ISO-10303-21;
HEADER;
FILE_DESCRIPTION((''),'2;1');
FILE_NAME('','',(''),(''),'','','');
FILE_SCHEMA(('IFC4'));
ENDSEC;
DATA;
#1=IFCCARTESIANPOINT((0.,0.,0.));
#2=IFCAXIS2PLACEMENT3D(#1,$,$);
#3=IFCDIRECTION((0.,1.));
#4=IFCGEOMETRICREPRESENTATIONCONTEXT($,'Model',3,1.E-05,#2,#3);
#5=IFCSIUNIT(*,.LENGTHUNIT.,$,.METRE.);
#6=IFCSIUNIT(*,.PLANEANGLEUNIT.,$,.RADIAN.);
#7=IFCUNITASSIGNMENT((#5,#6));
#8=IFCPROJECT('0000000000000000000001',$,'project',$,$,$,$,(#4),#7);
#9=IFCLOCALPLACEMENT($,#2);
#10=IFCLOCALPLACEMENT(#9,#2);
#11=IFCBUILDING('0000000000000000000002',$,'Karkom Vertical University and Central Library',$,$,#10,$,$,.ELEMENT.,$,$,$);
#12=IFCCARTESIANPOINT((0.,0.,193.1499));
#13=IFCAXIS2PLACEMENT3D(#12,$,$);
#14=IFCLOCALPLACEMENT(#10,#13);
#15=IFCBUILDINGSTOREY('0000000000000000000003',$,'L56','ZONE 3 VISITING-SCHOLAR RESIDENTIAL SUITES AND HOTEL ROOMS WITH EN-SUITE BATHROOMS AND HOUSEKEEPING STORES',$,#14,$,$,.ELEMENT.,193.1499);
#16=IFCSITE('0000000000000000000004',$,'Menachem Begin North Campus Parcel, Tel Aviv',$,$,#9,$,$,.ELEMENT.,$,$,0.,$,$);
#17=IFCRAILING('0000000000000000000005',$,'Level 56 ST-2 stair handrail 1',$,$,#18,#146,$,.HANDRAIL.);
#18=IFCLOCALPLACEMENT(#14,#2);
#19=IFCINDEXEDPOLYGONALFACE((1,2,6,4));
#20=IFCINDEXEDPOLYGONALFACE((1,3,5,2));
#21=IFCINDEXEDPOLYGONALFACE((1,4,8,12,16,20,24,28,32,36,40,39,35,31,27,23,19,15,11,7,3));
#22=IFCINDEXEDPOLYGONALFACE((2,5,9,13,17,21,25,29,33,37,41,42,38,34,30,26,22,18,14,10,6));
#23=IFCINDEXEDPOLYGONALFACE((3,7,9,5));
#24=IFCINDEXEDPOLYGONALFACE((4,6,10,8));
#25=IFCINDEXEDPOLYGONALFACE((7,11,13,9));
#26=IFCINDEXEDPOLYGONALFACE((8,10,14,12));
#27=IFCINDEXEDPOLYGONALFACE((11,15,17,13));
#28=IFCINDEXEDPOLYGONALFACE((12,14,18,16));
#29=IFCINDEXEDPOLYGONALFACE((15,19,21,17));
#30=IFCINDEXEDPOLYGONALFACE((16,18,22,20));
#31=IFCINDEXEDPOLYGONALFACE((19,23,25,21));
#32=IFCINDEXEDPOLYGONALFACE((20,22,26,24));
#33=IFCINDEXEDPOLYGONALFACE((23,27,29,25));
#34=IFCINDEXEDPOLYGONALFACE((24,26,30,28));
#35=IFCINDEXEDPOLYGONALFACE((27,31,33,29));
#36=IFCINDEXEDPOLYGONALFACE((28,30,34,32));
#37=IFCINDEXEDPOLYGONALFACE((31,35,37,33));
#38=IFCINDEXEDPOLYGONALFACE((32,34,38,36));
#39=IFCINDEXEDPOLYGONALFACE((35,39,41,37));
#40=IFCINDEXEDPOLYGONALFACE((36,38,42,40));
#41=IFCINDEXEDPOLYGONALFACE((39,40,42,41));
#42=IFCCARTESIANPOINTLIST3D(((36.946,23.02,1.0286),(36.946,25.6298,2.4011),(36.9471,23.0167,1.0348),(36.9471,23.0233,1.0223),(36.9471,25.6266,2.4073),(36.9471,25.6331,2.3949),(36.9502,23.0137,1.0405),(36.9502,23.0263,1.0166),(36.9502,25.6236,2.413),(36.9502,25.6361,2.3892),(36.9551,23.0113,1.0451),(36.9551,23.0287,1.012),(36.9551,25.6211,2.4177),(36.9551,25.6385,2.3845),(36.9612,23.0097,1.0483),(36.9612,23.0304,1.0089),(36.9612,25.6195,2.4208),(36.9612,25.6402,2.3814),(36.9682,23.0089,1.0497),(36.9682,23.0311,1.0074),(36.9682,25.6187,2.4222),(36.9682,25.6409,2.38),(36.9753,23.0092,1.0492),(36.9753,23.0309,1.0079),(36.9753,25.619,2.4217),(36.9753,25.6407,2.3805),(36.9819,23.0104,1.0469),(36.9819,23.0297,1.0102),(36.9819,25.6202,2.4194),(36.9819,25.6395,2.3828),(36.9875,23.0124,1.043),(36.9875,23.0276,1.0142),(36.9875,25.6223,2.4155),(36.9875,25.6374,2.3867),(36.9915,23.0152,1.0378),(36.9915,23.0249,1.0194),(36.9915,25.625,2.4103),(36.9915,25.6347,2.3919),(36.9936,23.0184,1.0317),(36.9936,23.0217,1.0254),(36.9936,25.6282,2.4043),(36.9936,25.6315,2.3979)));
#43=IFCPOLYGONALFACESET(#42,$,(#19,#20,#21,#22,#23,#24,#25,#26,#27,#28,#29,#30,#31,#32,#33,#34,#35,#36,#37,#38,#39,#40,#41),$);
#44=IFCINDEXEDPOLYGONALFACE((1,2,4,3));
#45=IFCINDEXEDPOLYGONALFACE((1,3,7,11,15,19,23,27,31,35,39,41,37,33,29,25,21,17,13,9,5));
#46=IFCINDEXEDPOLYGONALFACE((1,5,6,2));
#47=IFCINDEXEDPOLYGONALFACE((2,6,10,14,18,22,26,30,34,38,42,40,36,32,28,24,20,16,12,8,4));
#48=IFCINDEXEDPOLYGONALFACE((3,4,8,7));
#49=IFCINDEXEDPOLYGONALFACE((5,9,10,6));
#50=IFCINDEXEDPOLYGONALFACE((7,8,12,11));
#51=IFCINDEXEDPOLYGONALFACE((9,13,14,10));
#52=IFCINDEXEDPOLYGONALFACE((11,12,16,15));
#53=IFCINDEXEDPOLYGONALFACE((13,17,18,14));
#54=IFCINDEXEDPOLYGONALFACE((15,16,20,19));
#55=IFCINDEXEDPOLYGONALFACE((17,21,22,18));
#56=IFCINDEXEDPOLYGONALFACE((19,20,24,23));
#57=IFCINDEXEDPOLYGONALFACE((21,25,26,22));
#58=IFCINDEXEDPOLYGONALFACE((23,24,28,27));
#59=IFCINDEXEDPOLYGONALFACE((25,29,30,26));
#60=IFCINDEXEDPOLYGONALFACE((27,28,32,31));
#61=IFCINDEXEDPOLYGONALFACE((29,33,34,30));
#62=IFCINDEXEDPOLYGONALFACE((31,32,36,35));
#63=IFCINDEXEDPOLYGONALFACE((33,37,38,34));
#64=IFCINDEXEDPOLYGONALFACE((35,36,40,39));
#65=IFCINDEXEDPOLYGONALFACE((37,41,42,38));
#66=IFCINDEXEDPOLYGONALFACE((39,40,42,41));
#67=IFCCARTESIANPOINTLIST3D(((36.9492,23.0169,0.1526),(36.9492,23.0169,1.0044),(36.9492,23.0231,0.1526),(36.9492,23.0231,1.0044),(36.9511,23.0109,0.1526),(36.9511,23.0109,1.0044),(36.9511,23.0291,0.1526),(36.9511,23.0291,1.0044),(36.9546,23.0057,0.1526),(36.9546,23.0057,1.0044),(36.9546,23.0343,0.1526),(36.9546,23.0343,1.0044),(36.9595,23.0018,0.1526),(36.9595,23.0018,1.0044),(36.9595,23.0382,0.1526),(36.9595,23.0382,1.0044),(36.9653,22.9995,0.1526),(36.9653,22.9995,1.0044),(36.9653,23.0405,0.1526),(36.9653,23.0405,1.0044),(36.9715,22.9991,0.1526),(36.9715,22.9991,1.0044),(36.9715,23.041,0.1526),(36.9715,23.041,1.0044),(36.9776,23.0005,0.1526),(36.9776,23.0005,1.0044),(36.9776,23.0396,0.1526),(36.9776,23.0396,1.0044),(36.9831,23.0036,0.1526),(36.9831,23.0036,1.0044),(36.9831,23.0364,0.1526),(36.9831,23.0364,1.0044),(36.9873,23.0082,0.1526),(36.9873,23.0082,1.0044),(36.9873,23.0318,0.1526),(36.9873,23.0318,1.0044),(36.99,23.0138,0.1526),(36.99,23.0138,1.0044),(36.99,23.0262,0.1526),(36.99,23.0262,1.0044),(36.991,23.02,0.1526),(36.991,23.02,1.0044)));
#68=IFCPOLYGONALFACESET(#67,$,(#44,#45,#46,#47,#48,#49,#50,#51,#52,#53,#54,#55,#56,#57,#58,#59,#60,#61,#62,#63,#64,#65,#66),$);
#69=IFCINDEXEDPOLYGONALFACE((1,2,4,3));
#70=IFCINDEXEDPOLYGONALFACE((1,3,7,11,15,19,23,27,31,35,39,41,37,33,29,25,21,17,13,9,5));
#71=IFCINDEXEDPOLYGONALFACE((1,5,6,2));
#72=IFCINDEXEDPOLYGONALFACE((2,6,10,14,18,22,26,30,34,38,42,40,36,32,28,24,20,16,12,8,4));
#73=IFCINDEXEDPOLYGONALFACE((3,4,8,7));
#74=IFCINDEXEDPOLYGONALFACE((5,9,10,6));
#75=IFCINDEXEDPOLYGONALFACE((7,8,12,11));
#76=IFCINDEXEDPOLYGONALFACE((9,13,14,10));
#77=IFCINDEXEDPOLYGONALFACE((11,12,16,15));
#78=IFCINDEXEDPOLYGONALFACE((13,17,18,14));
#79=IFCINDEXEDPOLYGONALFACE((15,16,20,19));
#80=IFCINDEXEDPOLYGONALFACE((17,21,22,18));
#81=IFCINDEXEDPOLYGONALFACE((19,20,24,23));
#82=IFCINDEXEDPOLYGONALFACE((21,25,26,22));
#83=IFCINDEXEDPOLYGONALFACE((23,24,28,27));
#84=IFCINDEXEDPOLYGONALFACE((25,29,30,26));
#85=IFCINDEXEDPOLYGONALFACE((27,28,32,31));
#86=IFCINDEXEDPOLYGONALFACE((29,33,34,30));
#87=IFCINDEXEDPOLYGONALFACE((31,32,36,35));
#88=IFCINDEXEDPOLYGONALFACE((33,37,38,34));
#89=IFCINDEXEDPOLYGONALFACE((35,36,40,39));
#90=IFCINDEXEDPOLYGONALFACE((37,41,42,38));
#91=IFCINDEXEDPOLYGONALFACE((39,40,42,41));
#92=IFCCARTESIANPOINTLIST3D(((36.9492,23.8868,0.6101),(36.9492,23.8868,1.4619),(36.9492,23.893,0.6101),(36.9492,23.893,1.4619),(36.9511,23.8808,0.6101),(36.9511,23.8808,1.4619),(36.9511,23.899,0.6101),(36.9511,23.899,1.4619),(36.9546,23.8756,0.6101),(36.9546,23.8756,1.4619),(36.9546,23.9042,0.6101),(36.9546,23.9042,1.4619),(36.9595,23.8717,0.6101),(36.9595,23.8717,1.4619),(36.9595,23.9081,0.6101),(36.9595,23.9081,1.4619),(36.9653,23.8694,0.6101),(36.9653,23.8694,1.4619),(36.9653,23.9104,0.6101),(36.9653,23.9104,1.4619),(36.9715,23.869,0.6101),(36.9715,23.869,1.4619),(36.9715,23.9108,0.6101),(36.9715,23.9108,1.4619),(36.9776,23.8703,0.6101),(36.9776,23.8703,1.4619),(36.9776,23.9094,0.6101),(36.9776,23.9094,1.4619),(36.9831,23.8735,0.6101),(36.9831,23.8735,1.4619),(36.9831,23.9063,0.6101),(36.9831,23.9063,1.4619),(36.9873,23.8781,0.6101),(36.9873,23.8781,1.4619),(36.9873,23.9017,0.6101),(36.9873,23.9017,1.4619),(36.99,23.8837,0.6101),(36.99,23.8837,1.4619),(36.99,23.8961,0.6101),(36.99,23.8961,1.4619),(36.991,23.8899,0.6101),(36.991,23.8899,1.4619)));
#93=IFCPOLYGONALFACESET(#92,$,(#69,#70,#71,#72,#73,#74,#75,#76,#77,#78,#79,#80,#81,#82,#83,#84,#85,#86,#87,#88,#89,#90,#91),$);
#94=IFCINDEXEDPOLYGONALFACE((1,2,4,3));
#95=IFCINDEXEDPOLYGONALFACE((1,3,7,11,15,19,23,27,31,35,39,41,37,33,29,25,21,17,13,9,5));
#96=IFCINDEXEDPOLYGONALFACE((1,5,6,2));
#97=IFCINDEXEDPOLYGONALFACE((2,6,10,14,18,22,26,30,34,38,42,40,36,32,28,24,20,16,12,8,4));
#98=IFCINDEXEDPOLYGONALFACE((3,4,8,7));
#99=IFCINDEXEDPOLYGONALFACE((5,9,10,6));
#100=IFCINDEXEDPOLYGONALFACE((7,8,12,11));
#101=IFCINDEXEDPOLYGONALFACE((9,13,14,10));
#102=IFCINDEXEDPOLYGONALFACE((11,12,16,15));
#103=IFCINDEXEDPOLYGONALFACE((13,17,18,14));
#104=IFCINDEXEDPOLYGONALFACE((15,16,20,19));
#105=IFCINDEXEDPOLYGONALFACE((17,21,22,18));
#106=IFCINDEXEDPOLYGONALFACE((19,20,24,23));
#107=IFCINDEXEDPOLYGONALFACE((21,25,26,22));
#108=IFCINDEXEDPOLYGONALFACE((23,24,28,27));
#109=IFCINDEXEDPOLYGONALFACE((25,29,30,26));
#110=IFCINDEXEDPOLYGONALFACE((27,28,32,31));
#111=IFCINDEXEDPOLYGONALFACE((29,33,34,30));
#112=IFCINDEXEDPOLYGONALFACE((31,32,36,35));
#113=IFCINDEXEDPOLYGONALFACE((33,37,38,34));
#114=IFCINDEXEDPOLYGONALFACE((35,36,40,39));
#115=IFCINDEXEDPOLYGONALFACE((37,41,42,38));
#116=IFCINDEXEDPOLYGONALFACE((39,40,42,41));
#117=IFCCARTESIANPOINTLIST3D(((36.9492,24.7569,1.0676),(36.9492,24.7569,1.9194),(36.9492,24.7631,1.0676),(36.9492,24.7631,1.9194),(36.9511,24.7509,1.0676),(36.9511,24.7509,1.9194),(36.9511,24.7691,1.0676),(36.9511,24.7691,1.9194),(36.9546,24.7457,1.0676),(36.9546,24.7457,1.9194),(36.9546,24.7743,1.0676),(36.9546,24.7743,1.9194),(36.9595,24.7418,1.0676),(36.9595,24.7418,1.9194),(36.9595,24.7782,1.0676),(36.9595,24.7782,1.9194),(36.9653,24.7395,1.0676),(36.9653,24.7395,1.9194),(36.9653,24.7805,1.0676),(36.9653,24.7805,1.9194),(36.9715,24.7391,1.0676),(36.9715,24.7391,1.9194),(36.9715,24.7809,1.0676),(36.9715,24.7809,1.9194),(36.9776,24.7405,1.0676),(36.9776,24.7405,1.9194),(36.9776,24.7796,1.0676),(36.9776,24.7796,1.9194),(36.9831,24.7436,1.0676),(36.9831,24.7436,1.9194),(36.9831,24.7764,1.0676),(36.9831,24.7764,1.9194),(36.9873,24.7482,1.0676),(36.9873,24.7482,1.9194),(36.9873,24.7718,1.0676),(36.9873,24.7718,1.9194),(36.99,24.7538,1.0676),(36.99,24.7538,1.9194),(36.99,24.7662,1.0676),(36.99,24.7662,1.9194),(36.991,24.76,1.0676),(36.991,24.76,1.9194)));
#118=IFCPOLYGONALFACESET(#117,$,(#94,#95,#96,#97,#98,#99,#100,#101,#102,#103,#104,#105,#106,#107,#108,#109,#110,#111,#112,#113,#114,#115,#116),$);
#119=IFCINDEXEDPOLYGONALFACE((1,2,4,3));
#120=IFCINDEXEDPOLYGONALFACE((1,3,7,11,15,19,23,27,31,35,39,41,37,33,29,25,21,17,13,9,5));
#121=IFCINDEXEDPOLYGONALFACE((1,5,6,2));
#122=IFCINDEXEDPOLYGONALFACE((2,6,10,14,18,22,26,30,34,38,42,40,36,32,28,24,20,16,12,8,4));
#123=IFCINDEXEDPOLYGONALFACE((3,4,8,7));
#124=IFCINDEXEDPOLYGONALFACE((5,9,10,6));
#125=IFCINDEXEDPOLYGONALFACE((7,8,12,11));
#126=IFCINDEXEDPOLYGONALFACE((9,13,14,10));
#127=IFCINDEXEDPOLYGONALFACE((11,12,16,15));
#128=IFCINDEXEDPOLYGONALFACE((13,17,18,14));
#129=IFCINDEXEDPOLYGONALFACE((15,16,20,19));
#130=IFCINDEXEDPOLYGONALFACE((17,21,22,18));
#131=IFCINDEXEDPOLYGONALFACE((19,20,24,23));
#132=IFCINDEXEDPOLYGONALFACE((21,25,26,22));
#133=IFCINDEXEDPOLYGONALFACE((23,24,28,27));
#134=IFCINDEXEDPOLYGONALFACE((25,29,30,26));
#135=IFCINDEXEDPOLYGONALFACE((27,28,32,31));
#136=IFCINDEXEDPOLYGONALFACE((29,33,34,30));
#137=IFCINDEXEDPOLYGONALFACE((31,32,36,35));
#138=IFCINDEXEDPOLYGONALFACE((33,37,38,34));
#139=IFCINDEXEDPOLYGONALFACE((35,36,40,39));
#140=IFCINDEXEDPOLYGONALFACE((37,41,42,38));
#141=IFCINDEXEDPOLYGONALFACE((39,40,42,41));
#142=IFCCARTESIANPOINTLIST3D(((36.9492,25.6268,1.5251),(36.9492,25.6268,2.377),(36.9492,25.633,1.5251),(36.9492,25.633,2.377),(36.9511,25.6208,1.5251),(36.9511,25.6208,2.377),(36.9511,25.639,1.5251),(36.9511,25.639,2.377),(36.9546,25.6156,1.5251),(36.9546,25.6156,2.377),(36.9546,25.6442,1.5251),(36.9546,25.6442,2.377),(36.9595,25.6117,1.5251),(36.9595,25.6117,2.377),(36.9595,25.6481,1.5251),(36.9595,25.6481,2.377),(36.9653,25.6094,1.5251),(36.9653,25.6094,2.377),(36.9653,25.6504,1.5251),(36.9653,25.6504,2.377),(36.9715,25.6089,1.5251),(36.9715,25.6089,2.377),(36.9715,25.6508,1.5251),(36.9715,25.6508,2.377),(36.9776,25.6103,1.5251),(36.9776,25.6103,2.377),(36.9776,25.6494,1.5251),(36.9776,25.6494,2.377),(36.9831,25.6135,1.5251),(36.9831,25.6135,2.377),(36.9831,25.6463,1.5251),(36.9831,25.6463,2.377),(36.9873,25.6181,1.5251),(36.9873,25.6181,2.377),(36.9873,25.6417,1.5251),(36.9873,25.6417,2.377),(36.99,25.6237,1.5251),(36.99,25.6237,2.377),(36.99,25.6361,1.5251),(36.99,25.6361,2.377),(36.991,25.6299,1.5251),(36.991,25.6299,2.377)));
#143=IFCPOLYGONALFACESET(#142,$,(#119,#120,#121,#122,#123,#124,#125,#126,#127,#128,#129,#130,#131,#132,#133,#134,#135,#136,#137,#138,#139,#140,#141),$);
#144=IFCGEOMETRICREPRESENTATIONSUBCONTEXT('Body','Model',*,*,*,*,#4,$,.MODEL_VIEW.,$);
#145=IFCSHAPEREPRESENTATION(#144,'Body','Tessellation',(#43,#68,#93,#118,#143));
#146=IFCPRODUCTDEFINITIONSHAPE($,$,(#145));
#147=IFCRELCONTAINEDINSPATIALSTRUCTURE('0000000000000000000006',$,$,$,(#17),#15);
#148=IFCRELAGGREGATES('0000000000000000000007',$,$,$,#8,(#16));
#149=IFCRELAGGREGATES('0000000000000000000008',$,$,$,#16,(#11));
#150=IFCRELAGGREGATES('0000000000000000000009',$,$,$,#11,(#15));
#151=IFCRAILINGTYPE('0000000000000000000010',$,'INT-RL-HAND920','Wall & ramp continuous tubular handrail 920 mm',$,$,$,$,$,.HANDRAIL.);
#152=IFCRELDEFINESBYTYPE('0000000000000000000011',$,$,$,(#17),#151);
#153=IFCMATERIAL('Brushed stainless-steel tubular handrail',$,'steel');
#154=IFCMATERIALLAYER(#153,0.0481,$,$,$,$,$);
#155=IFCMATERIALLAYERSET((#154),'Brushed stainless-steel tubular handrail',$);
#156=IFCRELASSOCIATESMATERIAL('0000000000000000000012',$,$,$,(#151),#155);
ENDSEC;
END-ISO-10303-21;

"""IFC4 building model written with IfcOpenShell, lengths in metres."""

from ifc_helpers import new_model, si_unit, direction, frame, origin, origin_2d, place, context, subcontext, project, spatial, circle, extrude, material, layer, layer_set, type_object, element, save


model = new_model("IFC4")

# Units and contexts
model_context = context("Model", 3, precision=1e-05, world=origin(), true_north=direction((0.0, 1.0)))
body_context = subcontext(model_context, "Body", "Model", "MODEL_VIEW")
ifc_project = project(units=[si_unit("LENGTHUNIT", "METRE"), si_unit("PLANEANGLEUNIT", "RADIAN")], contexts=[model_context])

# Site, building, storey
site_placement = place(None, origin())
site = spatial("IfcSite", under=ifc_project, at=site_placement, Name="Menachem Begin North Campus Parcel, Tel Aviv", CompositionType="ELEMENT", RefElevation=0.0)
building_placement = place(site_placement, origin())
building = spatial("IfcBuilding", under=site, at=building_placement, Name="Karkom Vertical University and Central Library", CompositionType="ELEMENT")
storey_placement = place(building_placement, frame((0.0, 0.0, 193.1499)))
storey = spatial("IfcBuildingStorey", under=building, at=storey_placement, Name="L56", Description="ZONE 3 VISITING-SCHOLAR RESIDENTIAL SUITES AND HOTEL ROOMS WITH EN-SUITE BATHROOMS AND HOUSEKEEPING STORES", CompositionType="ELEMENT", Elevation=193.1499)

# Railing
ifc_material_1 = material(Name="Brushed stainless-steel tubular handrail", Category="steel")
ifc_layer_1 = layer(ifc_material_1, 0.0481)
ifc_layer_set_1 = layer_set([ifc_layer_1], Name="Brushed stainless-steel tubular handrail")
railing_type_1 = type_object("IfcRailingType", Name="INT-RL-HAND920", Description="Wall & ramp continuous tubular handrail 920 mm", PredefinedType="HANDRAIL", material=ifc_layer_set_1)
railing_1_placement = place(storey_placement, frame((36.97, 23.02, 0.1526)))
element("IfcRailing", 1, at=railing_1_placement, inside=storey, type_object=railing_type_1, Name="Level 56 ST-2 stair handrail 1", PredefinedType="HANDRAIL", context=body_context, shape_type="SweptSolid", body=[
    extrude(circle(Radius=0.0239, at=origin_2d()), frame((0.0, 0.0, 0.876), z_axis=(0.0, 0.885065, 0.465467), x_axis=(-1.0, 0.0, 0.0)), (0.0, 0.0, 1.0), 2.9487),
    extrude(circle(Radius=0.021, at=origin_2d()), origin(), (0.0, 0.0, 1.0), 0.8518),
    extrude(circle(Radius=0.021, at=origin_2d()), frame((0.0, 0.8699, 0.4575)), (0.0, 0.0, 1.0), 0.8518),
    extrude(circle(Radius=0.021, at=origin_2d()), frame((0.0, 1.74, 0.915)), (0.0, 0.0, 1.0), 0.8518),
    extrude(circle(Radius=0.021, at=origin_2d()), frame((0.0, 2.6099, 1.3726)), (0.0, 0.0, 1.0), 0.8518),
])

save(model, "model.ifc")
